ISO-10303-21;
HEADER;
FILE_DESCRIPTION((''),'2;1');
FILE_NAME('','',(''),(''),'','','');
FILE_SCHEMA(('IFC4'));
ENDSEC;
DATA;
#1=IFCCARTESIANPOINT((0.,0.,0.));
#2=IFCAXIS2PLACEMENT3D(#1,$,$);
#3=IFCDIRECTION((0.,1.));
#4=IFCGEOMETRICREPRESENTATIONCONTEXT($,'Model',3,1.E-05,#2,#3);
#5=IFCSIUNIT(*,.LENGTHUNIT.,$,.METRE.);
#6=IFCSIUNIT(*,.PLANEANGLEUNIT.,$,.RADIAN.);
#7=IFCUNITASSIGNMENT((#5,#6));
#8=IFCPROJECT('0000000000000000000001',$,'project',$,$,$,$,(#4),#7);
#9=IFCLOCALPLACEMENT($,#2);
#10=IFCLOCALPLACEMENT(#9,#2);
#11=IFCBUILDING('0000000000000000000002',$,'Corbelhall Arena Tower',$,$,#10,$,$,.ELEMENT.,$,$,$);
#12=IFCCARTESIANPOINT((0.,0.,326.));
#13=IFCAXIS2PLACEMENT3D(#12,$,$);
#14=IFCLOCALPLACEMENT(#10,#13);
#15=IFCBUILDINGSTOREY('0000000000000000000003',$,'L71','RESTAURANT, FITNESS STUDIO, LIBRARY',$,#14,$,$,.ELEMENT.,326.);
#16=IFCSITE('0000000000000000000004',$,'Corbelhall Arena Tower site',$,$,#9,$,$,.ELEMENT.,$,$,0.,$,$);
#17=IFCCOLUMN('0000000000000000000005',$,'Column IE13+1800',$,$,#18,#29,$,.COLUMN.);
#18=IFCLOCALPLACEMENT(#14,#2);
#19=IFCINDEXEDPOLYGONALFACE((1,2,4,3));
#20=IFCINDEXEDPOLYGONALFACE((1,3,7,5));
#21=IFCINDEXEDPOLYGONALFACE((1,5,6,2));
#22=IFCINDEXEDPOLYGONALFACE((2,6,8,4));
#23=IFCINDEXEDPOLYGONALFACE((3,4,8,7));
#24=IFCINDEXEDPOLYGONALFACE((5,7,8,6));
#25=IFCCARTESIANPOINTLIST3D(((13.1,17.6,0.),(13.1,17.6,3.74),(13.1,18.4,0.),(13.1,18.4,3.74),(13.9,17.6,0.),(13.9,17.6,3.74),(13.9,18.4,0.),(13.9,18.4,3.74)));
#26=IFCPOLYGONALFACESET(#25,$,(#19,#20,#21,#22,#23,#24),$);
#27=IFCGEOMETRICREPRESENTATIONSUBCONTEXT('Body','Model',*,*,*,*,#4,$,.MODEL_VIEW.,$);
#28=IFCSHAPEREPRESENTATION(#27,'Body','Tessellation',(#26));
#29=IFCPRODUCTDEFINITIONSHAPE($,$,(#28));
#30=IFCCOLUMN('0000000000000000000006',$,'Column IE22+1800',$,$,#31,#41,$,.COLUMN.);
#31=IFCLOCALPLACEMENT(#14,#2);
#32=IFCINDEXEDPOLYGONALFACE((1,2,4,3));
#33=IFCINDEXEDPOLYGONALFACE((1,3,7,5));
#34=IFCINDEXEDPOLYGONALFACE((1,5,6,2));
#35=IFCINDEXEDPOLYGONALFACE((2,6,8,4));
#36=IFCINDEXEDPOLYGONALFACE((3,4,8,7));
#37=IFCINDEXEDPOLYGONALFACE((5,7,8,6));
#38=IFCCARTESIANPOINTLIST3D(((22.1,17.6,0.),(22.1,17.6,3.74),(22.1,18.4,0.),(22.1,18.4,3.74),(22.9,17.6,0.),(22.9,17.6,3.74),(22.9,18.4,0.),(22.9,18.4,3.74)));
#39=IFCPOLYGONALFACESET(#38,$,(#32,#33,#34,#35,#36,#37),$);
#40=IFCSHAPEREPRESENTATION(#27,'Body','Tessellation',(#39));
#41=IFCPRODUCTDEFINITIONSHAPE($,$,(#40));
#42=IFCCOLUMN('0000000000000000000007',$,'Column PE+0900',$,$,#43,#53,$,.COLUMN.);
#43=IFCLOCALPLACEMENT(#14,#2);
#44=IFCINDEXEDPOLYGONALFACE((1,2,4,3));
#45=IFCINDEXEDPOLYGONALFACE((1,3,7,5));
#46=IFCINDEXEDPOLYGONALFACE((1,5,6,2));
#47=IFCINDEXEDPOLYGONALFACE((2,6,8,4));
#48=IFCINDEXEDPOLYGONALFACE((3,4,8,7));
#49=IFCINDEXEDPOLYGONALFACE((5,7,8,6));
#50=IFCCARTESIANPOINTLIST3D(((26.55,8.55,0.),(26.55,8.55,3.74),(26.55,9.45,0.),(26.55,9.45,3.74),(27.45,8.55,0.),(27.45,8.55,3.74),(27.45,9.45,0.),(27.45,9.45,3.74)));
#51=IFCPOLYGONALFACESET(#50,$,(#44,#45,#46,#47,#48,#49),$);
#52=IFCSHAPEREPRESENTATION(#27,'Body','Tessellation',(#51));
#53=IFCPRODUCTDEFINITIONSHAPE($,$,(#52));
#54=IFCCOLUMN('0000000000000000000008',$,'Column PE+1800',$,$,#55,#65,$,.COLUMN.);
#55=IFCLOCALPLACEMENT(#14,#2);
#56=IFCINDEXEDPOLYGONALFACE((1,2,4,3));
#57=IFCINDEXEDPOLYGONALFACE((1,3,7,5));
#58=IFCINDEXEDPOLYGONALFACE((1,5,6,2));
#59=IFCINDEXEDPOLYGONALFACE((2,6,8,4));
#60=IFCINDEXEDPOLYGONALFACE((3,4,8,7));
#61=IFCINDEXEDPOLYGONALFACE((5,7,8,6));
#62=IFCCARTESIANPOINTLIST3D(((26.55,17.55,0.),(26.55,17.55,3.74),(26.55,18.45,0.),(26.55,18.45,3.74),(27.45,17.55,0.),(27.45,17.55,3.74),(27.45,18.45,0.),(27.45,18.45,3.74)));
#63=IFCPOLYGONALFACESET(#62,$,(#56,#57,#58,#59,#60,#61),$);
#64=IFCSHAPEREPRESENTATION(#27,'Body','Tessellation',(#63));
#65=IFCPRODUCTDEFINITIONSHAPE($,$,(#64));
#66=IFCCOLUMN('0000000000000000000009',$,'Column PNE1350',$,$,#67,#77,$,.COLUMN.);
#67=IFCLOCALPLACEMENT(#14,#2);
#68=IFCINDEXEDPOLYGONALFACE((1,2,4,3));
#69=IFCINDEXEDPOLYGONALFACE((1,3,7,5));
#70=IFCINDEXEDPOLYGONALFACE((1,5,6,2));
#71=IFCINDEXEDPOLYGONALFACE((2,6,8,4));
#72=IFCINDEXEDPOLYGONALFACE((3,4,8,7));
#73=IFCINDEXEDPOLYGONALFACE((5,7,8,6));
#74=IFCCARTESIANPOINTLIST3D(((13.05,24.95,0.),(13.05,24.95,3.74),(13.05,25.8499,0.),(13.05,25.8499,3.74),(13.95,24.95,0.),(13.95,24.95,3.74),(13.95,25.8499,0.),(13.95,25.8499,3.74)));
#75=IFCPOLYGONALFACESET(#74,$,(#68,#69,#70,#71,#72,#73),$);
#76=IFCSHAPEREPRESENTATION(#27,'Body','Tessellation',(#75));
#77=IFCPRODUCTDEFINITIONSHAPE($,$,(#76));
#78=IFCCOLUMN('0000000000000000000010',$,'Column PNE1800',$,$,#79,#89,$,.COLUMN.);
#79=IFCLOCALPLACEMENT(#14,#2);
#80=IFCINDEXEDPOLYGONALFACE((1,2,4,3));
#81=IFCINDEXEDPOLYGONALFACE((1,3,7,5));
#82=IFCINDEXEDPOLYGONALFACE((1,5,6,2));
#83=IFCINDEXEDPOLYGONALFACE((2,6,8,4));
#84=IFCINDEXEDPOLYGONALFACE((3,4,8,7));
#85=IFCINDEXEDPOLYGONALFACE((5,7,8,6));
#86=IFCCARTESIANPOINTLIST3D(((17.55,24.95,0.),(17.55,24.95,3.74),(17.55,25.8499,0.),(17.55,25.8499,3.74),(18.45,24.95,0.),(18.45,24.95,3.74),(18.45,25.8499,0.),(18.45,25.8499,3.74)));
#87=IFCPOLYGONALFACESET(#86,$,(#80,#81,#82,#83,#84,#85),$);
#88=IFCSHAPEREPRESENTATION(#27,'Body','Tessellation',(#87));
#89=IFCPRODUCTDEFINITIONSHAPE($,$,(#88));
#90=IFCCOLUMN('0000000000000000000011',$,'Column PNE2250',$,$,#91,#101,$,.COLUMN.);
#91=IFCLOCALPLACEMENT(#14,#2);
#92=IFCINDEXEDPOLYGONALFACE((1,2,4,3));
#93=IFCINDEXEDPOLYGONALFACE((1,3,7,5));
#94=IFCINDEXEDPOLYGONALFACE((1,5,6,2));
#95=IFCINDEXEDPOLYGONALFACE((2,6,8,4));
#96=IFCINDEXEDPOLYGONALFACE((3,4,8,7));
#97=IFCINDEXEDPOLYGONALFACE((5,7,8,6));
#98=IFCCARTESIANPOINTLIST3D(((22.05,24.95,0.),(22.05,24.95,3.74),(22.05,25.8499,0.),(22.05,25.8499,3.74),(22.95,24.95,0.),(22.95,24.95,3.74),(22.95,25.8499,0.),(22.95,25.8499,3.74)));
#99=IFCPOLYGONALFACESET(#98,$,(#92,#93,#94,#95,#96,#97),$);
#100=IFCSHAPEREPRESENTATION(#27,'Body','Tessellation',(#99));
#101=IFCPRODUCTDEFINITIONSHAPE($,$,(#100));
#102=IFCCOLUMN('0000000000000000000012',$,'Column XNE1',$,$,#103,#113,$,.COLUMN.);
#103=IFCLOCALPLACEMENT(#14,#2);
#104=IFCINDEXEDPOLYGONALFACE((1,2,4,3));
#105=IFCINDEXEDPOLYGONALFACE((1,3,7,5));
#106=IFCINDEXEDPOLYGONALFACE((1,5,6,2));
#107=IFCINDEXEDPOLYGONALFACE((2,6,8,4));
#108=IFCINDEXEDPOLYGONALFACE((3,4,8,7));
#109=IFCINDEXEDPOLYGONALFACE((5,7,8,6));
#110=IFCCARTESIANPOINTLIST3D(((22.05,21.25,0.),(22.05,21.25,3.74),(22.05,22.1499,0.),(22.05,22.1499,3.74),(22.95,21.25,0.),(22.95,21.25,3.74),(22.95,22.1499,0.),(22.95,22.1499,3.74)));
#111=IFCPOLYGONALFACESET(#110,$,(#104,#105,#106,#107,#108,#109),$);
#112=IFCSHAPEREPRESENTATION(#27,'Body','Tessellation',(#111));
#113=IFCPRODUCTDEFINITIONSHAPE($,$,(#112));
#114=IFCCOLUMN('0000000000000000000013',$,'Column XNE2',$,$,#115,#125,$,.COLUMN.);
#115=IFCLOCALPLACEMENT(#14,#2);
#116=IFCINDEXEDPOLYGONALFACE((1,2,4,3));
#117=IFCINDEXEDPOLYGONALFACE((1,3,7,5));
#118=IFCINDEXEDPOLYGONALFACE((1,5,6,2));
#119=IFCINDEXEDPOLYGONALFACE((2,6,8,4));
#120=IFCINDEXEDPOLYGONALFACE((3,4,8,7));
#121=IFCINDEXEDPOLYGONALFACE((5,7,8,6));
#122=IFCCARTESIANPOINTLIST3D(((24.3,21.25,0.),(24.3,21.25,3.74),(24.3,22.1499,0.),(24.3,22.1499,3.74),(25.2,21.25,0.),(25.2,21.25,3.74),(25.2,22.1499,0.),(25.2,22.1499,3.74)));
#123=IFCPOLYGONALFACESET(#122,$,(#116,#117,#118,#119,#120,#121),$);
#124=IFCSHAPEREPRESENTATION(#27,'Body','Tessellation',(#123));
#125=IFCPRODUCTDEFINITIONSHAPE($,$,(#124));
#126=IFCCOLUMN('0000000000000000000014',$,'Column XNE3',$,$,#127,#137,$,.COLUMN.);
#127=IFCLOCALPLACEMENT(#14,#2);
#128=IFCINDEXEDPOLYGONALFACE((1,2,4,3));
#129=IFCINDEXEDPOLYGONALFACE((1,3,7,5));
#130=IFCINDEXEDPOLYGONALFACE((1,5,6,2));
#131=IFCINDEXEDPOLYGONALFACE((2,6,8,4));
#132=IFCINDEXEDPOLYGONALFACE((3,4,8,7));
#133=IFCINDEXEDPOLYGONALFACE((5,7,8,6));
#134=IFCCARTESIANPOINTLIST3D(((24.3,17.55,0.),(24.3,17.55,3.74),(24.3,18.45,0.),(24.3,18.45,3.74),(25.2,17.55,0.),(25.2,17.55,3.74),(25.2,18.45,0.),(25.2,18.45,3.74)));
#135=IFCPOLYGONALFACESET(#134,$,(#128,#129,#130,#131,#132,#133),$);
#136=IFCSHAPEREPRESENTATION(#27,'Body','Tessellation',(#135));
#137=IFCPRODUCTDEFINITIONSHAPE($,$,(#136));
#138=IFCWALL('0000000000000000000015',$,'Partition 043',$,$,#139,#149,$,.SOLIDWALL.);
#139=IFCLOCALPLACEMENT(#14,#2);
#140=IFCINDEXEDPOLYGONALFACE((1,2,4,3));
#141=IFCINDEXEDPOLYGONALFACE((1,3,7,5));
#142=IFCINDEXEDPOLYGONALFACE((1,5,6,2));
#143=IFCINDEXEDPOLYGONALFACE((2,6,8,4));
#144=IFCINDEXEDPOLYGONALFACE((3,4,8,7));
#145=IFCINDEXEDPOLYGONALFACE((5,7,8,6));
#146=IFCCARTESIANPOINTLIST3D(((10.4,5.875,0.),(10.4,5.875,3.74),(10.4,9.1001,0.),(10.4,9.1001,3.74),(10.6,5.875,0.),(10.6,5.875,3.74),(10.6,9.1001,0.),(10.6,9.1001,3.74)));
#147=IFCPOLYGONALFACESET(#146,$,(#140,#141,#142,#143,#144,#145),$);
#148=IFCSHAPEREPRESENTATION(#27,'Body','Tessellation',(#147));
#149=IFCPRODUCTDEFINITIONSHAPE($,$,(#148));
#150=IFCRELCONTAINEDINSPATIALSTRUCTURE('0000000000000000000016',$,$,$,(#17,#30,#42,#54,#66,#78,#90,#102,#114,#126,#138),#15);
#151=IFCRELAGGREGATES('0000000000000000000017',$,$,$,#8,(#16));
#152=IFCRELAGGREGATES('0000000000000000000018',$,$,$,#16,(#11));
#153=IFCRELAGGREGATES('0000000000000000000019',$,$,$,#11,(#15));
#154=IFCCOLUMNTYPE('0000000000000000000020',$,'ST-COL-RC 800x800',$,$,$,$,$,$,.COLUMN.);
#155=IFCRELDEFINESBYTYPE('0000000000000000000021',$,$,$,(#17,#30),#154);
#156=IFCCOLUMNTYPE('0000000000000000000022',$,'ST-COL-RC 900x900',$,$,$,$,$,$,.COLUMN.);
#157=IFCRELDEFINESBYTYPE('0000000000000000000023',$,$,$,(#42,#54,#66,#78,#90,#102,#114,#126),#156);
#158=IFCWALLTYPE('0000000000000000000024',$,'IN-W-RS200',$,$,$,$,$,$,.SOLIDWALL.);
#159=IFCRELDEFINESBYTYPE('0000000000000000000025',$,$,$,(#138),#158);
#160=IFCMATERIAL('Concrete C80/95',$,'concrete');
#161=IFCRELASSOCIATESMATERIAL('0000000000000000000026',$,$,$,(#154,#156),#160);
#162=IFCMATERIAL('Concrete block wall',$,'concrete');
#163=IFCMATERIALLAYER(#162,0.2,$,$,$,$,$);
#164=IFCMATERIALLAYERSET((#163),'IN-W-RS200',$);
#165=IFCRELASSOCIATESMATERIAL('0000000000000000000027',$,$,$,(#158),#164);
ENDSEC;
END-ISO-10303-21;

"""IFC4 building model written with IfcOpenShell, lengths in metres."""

from ifc_helpers import new_model, si_unit, direction, frame, frame_2d, origin, origin_2d, place, context, subcontext, project, spatial, rectangle, extrude, material, layer, layer_set, material_profile, profile_set, type_object, element, save


model = new_model("IFC4")

# Units and contexts
model_context = context("Model", 3, precision=1e-05, world=origin(), true_north=direction((0.0, 1.0)))
body_context = subcontext(model_context, "Body", "Model", "MODEL_VIEW")
ifc_project = project(units=[si_unit("LENGTHUNIT", "METRE"), si_unit("PLANEANGLEUNIT", "RADIAN")], contexts=[model_context])

# Site, building, storey
site_placement = place(None, origin())
site = spatial("IfcSite", under=ifc_project, at=site_placement, Name="Corbelhall Arena Tower site", CompositionType="ELEMENT", RefElevation=0.0)
building_placement = place(site_placement, origin())
building = spatial("IfcBuilding", under=site, at=building_placement, Name="Corbelhall Arena Tower", CompositionType="ELEMENT")
storey_placement = place(building_placement, frame((0.0, 0.0, 326.0)))
storey = spatial("IfcBuildingStorey", under=building, at=storey_placement, Name="L71", Description="RESTAURANT, FITNESS STUDIO, LIBRARY", CompositionType="ELEMENT", Elevation=326.0)

# Columns
ifc_material_1 = material(Name="Concrete C80/95", Category="concrete")
ifc_material_profile_1 = material_profile(ifc_material_1, rectangle(XDim=0.8, YDim=0.8, at=origin_2d()))
ifc_profile_set_1 = profile_set([ifc_material_profile_1], Name="Concrete C80/95")
column_type_1 = type_object("IfcColumnType", Name="ST-COL-RC 800x800", PredefinedType="COLUMN", material=ifc_profile_set_1)
for number, where, z_axis, x_axis, name in (
    (1, (13.5, 18.0, 0.0), (0.0, 0.0, 1.0), (1.0, 0.0, 0.0), "Column IE13+1800"),
    (2, (22.5, 18.0, 0.0), (0.0, 0.0, 1.0), (1.0, 0.0, 0.0), "Column IE22+1800"),
):
    element("IfcColumn", number, at=place(storey_placement, frame(where, z_axis=z_axis, x_axis=x_axis)), inside=storey, type_object=column_type_1, Name=name, PredefinedType="COLUMN", context=body_context, shape_type="SweptSolid", body=[
        extrude(rectangle(XDim=0.8, YDim=0.8, at=origin_2d()), origin(), (0.0, 0.0, 1.0), 3.74),
    ])
ifc_material_profile_2 = material_profile(ifc_material_1, rectangle(XDim=0.8999, YDim=0.8999, at=origin_2d()))
ifc_profile_set_2 = profile_set([ifc_material_profile_2], Name="Concrete C80/95")
column_type_2 = type_object("IfcColumnType", Name="ST-COL-RC 900x900", PredefinedType="COLUMN", material=ifc_profile_set_2)
for number, where, z_axis, x_axis, name in (
    (3, (27.0, 9.0, 0.0), (0.0, 0.0, 1.0), (0.0, 1.0, 0.0), "Column PE+0900"),
    (4, (27.0, 18.0, 0.0), (0.0, 0.0, 1.0), (0.0, 1.0, 0.0), "Column PE+1800"),
    (5, (13.5, 25.3999, 0.0), (0.0, 0.0, 1.0), (1.0, 0.0, 0.0), "Column PNE1350"),
    (6, (18.0, 25.3999, 0.0), (0.0, 0.0, 1.0), (1.0, 0.0, 0.0), "Column PNE1800"),
    (7, (22.5, 25.3999, 0.0), (0.0, 0.0, 1.0), (1.0, 0.0, 0.0), "Column PNE2250"),
    (8, (22.5, 21.7, 0.0), (0.0, 0.0, 1.0), (1.0, 0.0, 0.0), "Column XNE1"),
    (9, (24.75, 21.7, 0.0), (0.0, 0.0, 1.0), (1.0, 0.0, 0.0), "Column XNE2"),
    (10, (24.75, 18.0, 0.0), (0.0, 0.0, 1.0), (1.0, 0.0, 0.0), "Column XNE3"),
):
    element("IfcColumn", number, at=place(storey_placement, frame(where, z_axis=z_axis, x_axis=x_axis)), inside=storey, type_object=column_type_2, Name=name, PredefinedType="COLUMN", context=body_context, shape_type="SweptSolid", body=[
        extrude(rectangle(XDim=0.8999, YDim=0.8999, at=origin_2d()), origin(), (0.0, 0.0, 1.0), 3.74),
    ])

# Wall
ifc_material_2 = material(Name="Concrete block wall", Category="concrete")
ifc_layer_1 = layer(ifc_material_2, 0.2)
ifc_layer_set_1 = layer_set([ifc_layer_1], Name="IN-W-RS200")
wall_type_1 = type_object("IfcWallType", Name="IN-W-RS200", PredefinedType="SOLIDWALL", material=ifc_layer_set_1)
wall_1_placement = place(storey_placement, frame((10.5, 9.1001, 0.0), z_axis=(0.0, 0.0, 1.0), x_axis=(0.0, -1.0, 0.0)))
element("IfcWall", 11, at=wall_1_placement, inside=storey, type_object=wall_type_1, Name="Partition 043", PredefinedType="SOLIDWALL", context=body_context, shape_type="SweptSolid", body=[
    extrude(rectangle(XDim=3.2251, YDim=0.2, at=frame_2d((1.6125, 0.0))), origin(), (0.0, 0.0, 1.0), 3.74),
])

save(model, "model.ifc")
